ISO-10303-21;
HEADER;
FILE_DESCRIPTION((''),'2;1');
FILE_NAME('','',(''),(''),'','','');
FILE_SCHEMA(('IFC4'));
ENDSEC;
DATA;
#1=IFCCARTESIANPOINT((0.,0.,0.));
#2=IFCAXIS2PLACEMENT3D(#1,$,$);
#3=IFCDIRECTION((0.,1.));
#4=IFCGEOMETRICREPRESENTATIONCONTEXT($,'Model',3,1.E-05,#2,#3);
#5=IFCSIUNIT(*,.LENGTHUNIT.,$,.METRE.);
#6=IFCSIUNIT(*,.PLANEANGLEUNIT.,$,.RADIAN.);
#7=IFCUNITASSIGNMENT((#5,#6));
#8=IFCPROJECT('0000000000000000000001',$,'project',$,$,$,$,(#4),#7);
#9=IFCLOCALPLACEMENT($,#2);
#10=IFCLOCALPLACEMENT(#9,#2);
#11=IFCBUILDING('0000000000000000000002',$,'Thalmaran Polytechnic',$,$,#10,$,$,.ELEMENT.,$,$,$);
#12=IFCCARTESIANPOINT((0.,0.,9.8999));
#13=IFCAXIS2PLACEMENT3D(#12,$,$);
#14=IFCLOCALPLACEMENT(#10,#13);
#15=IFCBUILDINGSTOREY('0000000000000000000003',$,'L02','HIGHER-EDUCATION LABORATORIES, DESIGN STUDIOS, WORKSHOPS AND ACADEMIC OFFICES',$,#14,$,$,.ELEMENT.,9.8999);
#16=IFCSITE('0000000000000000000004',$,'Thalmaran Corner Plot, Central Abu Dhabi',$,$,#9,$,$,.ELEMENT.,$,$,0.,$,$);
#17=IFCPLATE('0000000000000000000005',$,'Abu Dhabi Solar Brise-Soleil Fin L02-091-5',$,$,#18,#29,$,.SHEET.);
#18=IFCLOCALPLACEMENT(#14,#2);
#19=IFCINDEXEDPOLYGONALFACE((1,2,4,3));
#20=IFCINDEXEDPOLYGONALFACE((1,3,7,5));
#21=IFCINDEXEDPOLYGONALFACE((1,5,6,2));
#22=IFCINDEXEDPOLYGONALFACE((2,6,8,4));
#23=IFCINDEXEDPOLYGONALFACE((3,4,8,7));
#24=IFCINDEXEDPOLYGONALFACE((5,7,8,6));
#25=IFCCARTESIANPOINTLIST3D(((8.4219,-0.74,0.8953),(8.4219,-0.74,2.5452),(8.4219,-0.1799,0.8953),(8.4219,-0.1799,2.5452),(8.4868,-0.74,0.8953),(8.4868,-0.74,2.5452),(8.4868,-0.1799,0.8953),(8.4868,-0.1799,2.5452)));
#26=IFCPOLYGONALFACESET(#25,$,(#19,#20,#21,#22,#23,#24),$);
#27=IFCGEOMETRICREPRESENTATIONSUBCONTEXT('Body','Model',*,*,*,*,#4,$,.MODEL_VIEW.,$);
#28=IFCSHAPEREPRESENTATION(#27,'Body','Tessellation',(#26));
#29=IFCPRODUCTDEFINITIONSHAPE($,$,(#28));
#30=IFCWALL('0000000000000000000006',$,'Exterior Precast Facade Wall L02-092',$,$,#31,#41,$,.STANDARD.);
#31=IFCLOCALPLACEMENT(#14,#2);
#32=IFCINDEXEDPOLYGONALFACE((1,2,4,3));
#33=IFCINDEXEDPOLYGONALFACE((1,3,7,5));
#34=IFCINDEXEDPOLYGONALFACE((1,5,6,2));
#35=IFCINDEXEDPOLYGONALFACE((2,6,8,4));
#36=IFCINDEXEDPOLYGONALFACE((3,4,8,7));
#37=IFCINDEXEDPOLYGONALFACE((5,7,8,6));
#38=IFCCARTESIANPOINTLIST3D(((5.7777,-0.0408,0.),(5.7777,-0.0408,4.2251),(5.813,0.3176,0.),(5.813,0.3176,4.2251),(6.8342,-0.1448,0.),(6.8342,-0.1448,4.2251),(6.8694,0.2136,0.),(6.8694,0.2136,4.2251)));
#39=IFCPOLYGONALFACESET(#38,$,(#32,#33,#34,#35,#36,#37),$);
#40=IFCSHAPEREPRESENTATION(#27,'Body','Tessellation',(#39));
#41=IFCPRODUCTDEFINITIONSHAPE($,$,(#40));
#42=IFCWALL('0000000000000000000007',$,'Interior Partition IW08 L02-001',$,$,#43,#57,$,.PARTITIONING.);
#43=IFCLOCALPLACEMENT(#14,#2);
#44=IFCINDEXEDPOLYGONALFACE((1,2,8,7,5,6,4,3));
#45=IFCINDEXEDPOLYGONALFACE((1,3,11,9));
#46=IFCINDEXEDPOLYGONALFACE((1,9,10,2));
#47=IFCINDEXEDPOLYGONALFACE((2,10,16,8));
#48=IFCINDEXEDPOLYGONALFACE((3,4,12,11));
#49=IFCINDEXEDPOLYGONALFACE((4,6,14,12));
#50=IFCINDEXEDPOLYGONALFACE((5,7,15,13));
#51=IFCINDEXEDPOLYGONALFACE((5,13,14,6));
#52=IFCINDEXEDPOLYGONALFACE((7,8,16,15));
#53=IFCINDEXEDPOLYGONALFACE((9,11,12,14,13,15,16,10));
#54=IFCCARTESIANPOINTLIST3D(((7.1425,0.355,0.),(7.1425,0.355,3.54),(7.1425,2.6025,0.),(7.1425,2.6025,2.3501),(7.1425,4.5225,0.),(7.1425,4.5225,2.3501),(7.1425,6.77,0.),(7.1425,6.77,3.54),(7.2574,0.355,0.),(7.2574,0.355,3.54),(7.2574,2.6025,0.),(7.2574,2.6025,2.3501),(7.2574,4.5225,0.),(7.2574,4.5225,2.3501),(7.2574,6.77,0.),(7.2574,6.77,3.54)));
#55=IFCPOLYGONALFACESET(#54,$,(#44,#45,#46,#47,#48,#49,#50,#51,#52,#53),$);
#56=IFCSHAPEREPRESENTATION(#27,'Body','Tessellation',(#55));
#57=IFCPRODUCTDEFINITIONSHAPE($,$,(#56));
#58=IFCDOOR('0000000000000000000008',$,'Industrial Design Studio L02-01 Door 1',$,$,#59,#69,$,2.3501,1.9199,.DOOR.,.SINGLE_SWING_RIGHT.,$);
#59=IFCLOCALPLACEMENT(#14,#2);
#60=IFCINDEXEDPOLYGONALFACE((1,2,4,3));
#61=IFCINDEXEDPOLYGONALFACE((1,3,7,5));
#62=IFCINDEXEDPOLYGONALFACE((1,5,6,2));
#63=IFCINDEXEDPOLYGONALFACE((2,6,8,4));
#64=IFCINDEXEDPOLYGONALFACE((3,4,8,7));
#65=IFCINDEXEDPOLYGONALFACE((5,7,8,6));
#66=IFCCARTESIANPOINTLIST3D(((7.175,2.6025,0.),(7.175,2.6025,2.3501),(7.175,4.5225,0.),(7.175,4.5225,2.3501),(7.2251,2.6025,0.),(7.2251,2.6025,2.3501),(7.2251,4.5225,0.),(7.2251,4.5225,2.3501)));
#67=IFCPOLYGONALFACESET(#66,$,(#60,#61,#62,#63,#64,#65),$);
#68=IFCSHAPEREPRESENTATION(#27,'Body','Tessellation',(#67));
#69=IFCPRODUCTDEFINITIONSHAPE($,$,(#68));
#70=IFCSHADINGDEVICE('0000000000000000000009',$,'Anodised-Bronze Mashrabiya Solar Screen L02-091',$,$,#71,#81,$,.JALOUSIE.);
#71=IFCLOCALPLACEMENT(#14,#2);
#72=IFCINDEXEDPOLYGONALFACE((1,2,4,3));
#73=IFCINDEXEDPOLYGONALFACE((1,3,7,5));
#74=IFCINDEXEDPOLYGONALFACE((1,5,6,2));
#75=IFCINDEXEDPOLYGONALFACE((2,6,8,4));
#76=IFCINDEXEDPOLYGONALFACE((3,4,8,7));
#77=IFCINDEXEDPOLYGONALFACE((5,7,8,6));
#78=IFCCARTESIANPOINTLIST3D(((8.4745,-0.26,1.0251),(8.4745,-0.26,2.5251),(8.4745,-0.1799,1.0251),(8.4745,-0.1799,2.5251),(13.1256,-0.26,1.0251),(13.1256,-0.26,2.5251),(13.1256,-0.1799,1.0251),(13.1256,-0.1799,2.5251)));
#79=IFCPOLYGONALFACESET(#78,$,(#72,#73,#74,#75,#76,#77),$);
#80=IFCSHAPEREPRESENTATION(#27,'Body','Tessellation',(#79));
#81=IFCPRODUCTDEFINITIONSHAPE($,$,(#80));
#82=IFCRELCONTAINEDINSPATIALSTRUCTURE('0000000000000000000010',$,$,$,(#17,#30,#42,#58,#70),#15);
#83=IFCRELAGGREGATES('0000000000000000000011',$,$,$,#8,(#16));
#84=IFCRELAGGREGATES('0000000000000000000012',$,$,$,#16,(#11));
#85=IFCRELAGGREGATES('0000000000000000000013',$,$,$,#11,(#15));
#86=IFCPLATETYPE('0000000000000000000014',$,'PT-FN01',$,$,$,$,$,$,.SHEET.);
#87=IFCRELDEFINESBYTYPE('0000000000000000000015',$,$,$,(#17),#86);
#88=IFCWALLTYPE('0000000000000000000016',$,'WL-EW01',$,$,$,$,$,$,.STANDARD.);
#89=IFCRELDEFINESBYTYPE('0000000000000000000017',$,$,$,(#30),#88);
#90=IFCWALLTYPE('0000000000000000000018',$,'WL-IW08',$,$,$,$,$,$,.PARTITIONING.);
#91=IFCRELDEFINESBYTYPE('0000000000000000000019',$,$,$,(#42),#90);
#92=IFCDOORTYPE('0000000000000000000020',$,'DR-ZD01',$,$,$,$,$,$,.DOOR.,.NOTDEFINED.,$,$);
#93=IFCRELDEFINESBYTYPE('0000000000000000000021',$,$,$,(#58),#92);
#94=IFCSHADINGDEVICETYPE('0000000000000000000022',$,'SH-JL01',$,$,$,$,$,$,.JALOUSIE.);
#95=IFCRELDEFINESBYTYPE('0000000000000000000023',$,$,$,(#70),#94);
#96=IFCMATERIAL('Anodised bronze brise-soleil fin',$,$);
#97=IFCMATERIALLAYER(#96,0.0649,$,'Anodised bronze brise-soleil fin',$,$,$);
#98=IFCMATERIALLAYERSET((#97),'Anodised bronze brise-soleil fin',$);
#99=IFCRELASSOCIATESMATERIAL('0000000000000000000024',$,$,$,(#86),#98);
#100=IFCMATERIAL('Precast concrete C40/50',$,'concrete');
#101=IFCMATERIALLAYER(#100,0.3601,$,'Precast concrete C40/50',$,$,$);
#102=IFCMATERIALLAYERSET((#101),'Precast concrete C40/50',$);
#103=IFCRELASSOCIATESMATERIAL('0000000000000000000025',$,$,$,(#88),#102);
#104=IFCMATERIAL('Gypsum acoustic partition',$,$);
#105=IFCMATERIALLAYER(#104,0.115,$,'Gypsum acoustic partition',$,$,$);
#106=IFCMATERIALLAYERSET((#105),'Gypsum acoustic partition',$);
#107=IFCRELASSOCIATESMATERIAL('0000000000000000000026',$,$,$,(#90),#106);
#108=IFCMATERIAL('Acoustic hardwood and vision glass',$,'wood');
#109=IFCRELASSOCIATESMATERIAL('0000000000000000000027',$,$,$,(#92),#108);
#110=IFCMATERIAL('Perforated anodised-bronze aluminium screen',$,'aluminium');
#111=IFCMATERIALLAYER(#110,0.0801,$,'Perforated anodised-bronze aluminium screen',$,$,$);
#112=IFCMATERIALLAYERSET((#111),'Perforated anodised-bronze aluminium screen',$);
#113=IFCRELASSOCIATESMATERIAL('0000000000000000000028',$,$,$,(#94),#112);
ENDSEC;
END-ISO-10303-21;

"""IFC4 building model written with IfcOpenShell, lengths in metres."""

from ifc_helpers import new_model, si_unit, direction, frame, frame_2d, origin, origin_2d, place, context, subcontext, project, spatial, rectangle, extrude, material, layer, layer_set, type_object, element, fill, save


model = new_model("IFC4")

# Units and contexts
model_context = context("Model", 3, precision=1e-05, world=origin(), true_north=direction((0.0, 1.0)))
body_context = subcontext(model_context, "Body", "Model", "MODEL_VIEW")
ifc_project = project(units=[si_unit("LENGTHUNIT", "METRE"), si_unit("PLANEANGLEUNIT", "RADIAN")], contexts=[model_context])

# Site, building, storey
site_placement = place(None, origin())
site = spatial("IfcSite", under=ifc_project, at=site_placement, Name="Thalmaran Corner Plot, Central Abu Dhabi", CompositionType="ELEMENT", RefElevation=0.0)
building_placement = place(site_placement, origin())
building = spatial("IfcBuilding", under=site, at=building_placement, Name="Thalmaran Polytechnic", CompositionType="ELEMENT")
storey_placement = place(building_placement, frame((0.0, 0.0, 9.8999)))
storey = spatial("IfcBuildingStorey", under=building, at=storey_placement, Name="L02", Description="HIGHER-EDUCATION LABORATORIES, DESIGN STUDIOS, WORKSHOPS AND ACADEMIC OFFICES", CompositionType="ELEMENT", Elevation=9.8999)

# Plate
ifc_material_1 = material(Name="Anodised bronze brise-soleil fin")
ifc_layer_1 = layer(ifc_material_1, 0.0649, Name="Anodised bronze brise-soleil fin")
ifc_layer_set_1 = layer_set([ifc_layer_1], Name="Anodised bronze brise-soleil fin")
plate_type_1 = type_object("IfcPlateType", Name="PT-FN01", PredefinedType="SHEET", material=ifc_layer_set_1)
for number, where, z_axis, x_axis, name in (
    (1, (8.4543, -0.46, 0.8953), (0.0, 0.0, 1.0), (-1.0, 0.0, 0.0), "Abu Dhabi Solar Brise-Soleil Fin L02-091-5"),
):
    element("IfcPlate", number, at=place(storey_placement, frame(where, z_axis=z_axis, x_axis=x_axis)), inside=storey, type_object=plate_type_1, Name=name, PredefinedType="SHEET", context=body_context, shape_type="SweptSolid", body=[
        extrude(rectangle(XDim=0.0649, YDim=0.5601, at=origin_2d()), origin(), (0.0, 0.0, 1.0), 1.6499),
    ])

# Wall
ifc_material_2 = material(Name="Precast concrete C40/50", Category="concrete")
ifc_layer_2 = layer(ifc_material_2, 0.3601, Name="Precast concrete C40/50")
ifc_layer_set_2 = layer_set([ifc_layer_2], Name="Precast concrete C40/50")
wall_type_1 = type_object("IfcWallType", Name="WL-EW01", PredefinedType="STANDARD", material=ifc_layer_set_2)
wall_1_placement = place(storey_placement, frame((6.8518, 0.0344, 0.0), z_axis=(0.0, 0.0, 1.0), x_axis=(-0.995189, 0.097978, 0.0)))
element("IfcWall", 2, at=wall_1_placement, inside=storey, type_object=wall_type_1, Name="Exterior Precast Facade Wall L02-092", PredefinedType="STANDARD", context=body_context, shape_type="SweptSolid", body=[
    extrude(rectangle(XDim=1.0615, YDim=0.3601, at=frame_2d((0.5308, 0.0))), origin(), (0.0, 0.0, 1.0), 4.2251),
])

# Wall, opening, door
ifc_material_3 = material(Name="Gypsum acoustic partition")
ifc_layer_3 = layer(ifc_material_3, 0.115, Name="Gypsum acoustic partition")
ifc_layer_set_3 = layer_set([ifc_layer_3], Name="Gypsum acoustic partition")
wall_type_2 = type_object("IfcWallType", Name="WL-IW08", PredefinedType="PARTITIONING", material=ifc_layer_set_3)
wall_2_placement = place(storey_placement, frame((7.2, 0.355, 0.0), z_axis=(0.0, 0.0, 1.0), x_axis=(0.0, 1.0, 0.0)))
wall_2 = element("IfcWall", 3, at=wall_2_placement, inside=storey, type_object=wall_type_2, Name="Interior Partition IW08 L02-001", PredefinedType="PARTITIONING", context=body_context, shape_type="SweptSolid", body=[
    extrude(rectangle(XDim=6.415, YDim=0.115, at=frame_2d((3.2075, 0.0))), origin(), (0.0, 0.0, 1.0), 3.54),
])
opening_placement = place(wall_2_placement, frame((2.2476, 0.0, 0.0)))
opening = element("IfcOpeningElement", 4, at=opening_placement, cuts=wall_2, PredefinedType="OPENING", context=body_context, shape_type="SweptSolid", body=[
    extrude(rectangle(XDim=1.9199, YDim=2.3501, at=frame_2d((0.96, 1.175))), frame((0.0, 0.0674, 0.0), z_axis=(0.0, -1.0, 0.0), x_axis=(1.0, 0.0, 0.0)), (0.0, 0.0, 1.0), 0.135),
])
ifc_material_4 = material(Name="Acoustic hardwood and vision glass", Category="wood")
door_type = type_object("IfcDoorType", Name="DR-ZD01", OperationType="NOTDEFINED", PredefinedType="DOOR", material=ifc_material_4)
door_placement = place(opening_placement, origin())
door = element("IfcDoor", 5, at=door_placement, inside=storey, type_object=door_type, Name="Industrial Design Studio L02-01 Door 1", OperationType="SINGLE_SWING_RIGHT", OverallHeight=2.3501, OverallWidth=1.9199, PredefinedType="DOOR", context=body_context, shape_type="SweptSolid", body=[
    extrude(rectangle(XDim=1.9199, YDim=2.3501, at=frame_2d((0.96, 1.175))), frame((0.0, 0.0249, 0.0), z_axis=(0.0, -1.0, 0.0), x_axis=(1.0, 0.0, 0.0)), (0.0, 0.0, 1.0), 0.05),
])
fill(opening, door)

# Shading device
ifc_material_5 = material(Name="Perforated anodised-bronze aluminium screen", Category="aluminium")
ifc_layer_4 = layer(ifc_material_5, 0.0801, Name="Perforated anodised-bronze aluminium screen")
ifc_layer_set_4 = layer_set([ifc_layer_4], Name="Perforated anodised-bronze aluminium screen")
shading_device_type = type_object("IfcShadingDeviceType", Name="SH-JL01", PredefinedType="JALOUSIE", material=ifc_layer_set_4)
shading_device_placement = place(storey_placement, frame((10.8, -0.22, 1.0251), z_axis=(0.0, 0.0, 1.0), x_axis=(-1.0, 0.0, 0.0)))
element("IfcShadingDevice", 6, at=shading_device_placement, inside=storey, type_object=shading_device_type, Name="Anodised-Bronze Mashrabiya Solar Screen L02-091", PredefinedType="JALOUSIE", context=body_context, shape_type="SweptSolid", body=[
    extrude(rectangle(XDim=4.6511, YDim=0.0801, at=origin_2d()), origin(), (0.0, 0.0, 1.0), 1.5),
])

save(model, "model.ifc")
